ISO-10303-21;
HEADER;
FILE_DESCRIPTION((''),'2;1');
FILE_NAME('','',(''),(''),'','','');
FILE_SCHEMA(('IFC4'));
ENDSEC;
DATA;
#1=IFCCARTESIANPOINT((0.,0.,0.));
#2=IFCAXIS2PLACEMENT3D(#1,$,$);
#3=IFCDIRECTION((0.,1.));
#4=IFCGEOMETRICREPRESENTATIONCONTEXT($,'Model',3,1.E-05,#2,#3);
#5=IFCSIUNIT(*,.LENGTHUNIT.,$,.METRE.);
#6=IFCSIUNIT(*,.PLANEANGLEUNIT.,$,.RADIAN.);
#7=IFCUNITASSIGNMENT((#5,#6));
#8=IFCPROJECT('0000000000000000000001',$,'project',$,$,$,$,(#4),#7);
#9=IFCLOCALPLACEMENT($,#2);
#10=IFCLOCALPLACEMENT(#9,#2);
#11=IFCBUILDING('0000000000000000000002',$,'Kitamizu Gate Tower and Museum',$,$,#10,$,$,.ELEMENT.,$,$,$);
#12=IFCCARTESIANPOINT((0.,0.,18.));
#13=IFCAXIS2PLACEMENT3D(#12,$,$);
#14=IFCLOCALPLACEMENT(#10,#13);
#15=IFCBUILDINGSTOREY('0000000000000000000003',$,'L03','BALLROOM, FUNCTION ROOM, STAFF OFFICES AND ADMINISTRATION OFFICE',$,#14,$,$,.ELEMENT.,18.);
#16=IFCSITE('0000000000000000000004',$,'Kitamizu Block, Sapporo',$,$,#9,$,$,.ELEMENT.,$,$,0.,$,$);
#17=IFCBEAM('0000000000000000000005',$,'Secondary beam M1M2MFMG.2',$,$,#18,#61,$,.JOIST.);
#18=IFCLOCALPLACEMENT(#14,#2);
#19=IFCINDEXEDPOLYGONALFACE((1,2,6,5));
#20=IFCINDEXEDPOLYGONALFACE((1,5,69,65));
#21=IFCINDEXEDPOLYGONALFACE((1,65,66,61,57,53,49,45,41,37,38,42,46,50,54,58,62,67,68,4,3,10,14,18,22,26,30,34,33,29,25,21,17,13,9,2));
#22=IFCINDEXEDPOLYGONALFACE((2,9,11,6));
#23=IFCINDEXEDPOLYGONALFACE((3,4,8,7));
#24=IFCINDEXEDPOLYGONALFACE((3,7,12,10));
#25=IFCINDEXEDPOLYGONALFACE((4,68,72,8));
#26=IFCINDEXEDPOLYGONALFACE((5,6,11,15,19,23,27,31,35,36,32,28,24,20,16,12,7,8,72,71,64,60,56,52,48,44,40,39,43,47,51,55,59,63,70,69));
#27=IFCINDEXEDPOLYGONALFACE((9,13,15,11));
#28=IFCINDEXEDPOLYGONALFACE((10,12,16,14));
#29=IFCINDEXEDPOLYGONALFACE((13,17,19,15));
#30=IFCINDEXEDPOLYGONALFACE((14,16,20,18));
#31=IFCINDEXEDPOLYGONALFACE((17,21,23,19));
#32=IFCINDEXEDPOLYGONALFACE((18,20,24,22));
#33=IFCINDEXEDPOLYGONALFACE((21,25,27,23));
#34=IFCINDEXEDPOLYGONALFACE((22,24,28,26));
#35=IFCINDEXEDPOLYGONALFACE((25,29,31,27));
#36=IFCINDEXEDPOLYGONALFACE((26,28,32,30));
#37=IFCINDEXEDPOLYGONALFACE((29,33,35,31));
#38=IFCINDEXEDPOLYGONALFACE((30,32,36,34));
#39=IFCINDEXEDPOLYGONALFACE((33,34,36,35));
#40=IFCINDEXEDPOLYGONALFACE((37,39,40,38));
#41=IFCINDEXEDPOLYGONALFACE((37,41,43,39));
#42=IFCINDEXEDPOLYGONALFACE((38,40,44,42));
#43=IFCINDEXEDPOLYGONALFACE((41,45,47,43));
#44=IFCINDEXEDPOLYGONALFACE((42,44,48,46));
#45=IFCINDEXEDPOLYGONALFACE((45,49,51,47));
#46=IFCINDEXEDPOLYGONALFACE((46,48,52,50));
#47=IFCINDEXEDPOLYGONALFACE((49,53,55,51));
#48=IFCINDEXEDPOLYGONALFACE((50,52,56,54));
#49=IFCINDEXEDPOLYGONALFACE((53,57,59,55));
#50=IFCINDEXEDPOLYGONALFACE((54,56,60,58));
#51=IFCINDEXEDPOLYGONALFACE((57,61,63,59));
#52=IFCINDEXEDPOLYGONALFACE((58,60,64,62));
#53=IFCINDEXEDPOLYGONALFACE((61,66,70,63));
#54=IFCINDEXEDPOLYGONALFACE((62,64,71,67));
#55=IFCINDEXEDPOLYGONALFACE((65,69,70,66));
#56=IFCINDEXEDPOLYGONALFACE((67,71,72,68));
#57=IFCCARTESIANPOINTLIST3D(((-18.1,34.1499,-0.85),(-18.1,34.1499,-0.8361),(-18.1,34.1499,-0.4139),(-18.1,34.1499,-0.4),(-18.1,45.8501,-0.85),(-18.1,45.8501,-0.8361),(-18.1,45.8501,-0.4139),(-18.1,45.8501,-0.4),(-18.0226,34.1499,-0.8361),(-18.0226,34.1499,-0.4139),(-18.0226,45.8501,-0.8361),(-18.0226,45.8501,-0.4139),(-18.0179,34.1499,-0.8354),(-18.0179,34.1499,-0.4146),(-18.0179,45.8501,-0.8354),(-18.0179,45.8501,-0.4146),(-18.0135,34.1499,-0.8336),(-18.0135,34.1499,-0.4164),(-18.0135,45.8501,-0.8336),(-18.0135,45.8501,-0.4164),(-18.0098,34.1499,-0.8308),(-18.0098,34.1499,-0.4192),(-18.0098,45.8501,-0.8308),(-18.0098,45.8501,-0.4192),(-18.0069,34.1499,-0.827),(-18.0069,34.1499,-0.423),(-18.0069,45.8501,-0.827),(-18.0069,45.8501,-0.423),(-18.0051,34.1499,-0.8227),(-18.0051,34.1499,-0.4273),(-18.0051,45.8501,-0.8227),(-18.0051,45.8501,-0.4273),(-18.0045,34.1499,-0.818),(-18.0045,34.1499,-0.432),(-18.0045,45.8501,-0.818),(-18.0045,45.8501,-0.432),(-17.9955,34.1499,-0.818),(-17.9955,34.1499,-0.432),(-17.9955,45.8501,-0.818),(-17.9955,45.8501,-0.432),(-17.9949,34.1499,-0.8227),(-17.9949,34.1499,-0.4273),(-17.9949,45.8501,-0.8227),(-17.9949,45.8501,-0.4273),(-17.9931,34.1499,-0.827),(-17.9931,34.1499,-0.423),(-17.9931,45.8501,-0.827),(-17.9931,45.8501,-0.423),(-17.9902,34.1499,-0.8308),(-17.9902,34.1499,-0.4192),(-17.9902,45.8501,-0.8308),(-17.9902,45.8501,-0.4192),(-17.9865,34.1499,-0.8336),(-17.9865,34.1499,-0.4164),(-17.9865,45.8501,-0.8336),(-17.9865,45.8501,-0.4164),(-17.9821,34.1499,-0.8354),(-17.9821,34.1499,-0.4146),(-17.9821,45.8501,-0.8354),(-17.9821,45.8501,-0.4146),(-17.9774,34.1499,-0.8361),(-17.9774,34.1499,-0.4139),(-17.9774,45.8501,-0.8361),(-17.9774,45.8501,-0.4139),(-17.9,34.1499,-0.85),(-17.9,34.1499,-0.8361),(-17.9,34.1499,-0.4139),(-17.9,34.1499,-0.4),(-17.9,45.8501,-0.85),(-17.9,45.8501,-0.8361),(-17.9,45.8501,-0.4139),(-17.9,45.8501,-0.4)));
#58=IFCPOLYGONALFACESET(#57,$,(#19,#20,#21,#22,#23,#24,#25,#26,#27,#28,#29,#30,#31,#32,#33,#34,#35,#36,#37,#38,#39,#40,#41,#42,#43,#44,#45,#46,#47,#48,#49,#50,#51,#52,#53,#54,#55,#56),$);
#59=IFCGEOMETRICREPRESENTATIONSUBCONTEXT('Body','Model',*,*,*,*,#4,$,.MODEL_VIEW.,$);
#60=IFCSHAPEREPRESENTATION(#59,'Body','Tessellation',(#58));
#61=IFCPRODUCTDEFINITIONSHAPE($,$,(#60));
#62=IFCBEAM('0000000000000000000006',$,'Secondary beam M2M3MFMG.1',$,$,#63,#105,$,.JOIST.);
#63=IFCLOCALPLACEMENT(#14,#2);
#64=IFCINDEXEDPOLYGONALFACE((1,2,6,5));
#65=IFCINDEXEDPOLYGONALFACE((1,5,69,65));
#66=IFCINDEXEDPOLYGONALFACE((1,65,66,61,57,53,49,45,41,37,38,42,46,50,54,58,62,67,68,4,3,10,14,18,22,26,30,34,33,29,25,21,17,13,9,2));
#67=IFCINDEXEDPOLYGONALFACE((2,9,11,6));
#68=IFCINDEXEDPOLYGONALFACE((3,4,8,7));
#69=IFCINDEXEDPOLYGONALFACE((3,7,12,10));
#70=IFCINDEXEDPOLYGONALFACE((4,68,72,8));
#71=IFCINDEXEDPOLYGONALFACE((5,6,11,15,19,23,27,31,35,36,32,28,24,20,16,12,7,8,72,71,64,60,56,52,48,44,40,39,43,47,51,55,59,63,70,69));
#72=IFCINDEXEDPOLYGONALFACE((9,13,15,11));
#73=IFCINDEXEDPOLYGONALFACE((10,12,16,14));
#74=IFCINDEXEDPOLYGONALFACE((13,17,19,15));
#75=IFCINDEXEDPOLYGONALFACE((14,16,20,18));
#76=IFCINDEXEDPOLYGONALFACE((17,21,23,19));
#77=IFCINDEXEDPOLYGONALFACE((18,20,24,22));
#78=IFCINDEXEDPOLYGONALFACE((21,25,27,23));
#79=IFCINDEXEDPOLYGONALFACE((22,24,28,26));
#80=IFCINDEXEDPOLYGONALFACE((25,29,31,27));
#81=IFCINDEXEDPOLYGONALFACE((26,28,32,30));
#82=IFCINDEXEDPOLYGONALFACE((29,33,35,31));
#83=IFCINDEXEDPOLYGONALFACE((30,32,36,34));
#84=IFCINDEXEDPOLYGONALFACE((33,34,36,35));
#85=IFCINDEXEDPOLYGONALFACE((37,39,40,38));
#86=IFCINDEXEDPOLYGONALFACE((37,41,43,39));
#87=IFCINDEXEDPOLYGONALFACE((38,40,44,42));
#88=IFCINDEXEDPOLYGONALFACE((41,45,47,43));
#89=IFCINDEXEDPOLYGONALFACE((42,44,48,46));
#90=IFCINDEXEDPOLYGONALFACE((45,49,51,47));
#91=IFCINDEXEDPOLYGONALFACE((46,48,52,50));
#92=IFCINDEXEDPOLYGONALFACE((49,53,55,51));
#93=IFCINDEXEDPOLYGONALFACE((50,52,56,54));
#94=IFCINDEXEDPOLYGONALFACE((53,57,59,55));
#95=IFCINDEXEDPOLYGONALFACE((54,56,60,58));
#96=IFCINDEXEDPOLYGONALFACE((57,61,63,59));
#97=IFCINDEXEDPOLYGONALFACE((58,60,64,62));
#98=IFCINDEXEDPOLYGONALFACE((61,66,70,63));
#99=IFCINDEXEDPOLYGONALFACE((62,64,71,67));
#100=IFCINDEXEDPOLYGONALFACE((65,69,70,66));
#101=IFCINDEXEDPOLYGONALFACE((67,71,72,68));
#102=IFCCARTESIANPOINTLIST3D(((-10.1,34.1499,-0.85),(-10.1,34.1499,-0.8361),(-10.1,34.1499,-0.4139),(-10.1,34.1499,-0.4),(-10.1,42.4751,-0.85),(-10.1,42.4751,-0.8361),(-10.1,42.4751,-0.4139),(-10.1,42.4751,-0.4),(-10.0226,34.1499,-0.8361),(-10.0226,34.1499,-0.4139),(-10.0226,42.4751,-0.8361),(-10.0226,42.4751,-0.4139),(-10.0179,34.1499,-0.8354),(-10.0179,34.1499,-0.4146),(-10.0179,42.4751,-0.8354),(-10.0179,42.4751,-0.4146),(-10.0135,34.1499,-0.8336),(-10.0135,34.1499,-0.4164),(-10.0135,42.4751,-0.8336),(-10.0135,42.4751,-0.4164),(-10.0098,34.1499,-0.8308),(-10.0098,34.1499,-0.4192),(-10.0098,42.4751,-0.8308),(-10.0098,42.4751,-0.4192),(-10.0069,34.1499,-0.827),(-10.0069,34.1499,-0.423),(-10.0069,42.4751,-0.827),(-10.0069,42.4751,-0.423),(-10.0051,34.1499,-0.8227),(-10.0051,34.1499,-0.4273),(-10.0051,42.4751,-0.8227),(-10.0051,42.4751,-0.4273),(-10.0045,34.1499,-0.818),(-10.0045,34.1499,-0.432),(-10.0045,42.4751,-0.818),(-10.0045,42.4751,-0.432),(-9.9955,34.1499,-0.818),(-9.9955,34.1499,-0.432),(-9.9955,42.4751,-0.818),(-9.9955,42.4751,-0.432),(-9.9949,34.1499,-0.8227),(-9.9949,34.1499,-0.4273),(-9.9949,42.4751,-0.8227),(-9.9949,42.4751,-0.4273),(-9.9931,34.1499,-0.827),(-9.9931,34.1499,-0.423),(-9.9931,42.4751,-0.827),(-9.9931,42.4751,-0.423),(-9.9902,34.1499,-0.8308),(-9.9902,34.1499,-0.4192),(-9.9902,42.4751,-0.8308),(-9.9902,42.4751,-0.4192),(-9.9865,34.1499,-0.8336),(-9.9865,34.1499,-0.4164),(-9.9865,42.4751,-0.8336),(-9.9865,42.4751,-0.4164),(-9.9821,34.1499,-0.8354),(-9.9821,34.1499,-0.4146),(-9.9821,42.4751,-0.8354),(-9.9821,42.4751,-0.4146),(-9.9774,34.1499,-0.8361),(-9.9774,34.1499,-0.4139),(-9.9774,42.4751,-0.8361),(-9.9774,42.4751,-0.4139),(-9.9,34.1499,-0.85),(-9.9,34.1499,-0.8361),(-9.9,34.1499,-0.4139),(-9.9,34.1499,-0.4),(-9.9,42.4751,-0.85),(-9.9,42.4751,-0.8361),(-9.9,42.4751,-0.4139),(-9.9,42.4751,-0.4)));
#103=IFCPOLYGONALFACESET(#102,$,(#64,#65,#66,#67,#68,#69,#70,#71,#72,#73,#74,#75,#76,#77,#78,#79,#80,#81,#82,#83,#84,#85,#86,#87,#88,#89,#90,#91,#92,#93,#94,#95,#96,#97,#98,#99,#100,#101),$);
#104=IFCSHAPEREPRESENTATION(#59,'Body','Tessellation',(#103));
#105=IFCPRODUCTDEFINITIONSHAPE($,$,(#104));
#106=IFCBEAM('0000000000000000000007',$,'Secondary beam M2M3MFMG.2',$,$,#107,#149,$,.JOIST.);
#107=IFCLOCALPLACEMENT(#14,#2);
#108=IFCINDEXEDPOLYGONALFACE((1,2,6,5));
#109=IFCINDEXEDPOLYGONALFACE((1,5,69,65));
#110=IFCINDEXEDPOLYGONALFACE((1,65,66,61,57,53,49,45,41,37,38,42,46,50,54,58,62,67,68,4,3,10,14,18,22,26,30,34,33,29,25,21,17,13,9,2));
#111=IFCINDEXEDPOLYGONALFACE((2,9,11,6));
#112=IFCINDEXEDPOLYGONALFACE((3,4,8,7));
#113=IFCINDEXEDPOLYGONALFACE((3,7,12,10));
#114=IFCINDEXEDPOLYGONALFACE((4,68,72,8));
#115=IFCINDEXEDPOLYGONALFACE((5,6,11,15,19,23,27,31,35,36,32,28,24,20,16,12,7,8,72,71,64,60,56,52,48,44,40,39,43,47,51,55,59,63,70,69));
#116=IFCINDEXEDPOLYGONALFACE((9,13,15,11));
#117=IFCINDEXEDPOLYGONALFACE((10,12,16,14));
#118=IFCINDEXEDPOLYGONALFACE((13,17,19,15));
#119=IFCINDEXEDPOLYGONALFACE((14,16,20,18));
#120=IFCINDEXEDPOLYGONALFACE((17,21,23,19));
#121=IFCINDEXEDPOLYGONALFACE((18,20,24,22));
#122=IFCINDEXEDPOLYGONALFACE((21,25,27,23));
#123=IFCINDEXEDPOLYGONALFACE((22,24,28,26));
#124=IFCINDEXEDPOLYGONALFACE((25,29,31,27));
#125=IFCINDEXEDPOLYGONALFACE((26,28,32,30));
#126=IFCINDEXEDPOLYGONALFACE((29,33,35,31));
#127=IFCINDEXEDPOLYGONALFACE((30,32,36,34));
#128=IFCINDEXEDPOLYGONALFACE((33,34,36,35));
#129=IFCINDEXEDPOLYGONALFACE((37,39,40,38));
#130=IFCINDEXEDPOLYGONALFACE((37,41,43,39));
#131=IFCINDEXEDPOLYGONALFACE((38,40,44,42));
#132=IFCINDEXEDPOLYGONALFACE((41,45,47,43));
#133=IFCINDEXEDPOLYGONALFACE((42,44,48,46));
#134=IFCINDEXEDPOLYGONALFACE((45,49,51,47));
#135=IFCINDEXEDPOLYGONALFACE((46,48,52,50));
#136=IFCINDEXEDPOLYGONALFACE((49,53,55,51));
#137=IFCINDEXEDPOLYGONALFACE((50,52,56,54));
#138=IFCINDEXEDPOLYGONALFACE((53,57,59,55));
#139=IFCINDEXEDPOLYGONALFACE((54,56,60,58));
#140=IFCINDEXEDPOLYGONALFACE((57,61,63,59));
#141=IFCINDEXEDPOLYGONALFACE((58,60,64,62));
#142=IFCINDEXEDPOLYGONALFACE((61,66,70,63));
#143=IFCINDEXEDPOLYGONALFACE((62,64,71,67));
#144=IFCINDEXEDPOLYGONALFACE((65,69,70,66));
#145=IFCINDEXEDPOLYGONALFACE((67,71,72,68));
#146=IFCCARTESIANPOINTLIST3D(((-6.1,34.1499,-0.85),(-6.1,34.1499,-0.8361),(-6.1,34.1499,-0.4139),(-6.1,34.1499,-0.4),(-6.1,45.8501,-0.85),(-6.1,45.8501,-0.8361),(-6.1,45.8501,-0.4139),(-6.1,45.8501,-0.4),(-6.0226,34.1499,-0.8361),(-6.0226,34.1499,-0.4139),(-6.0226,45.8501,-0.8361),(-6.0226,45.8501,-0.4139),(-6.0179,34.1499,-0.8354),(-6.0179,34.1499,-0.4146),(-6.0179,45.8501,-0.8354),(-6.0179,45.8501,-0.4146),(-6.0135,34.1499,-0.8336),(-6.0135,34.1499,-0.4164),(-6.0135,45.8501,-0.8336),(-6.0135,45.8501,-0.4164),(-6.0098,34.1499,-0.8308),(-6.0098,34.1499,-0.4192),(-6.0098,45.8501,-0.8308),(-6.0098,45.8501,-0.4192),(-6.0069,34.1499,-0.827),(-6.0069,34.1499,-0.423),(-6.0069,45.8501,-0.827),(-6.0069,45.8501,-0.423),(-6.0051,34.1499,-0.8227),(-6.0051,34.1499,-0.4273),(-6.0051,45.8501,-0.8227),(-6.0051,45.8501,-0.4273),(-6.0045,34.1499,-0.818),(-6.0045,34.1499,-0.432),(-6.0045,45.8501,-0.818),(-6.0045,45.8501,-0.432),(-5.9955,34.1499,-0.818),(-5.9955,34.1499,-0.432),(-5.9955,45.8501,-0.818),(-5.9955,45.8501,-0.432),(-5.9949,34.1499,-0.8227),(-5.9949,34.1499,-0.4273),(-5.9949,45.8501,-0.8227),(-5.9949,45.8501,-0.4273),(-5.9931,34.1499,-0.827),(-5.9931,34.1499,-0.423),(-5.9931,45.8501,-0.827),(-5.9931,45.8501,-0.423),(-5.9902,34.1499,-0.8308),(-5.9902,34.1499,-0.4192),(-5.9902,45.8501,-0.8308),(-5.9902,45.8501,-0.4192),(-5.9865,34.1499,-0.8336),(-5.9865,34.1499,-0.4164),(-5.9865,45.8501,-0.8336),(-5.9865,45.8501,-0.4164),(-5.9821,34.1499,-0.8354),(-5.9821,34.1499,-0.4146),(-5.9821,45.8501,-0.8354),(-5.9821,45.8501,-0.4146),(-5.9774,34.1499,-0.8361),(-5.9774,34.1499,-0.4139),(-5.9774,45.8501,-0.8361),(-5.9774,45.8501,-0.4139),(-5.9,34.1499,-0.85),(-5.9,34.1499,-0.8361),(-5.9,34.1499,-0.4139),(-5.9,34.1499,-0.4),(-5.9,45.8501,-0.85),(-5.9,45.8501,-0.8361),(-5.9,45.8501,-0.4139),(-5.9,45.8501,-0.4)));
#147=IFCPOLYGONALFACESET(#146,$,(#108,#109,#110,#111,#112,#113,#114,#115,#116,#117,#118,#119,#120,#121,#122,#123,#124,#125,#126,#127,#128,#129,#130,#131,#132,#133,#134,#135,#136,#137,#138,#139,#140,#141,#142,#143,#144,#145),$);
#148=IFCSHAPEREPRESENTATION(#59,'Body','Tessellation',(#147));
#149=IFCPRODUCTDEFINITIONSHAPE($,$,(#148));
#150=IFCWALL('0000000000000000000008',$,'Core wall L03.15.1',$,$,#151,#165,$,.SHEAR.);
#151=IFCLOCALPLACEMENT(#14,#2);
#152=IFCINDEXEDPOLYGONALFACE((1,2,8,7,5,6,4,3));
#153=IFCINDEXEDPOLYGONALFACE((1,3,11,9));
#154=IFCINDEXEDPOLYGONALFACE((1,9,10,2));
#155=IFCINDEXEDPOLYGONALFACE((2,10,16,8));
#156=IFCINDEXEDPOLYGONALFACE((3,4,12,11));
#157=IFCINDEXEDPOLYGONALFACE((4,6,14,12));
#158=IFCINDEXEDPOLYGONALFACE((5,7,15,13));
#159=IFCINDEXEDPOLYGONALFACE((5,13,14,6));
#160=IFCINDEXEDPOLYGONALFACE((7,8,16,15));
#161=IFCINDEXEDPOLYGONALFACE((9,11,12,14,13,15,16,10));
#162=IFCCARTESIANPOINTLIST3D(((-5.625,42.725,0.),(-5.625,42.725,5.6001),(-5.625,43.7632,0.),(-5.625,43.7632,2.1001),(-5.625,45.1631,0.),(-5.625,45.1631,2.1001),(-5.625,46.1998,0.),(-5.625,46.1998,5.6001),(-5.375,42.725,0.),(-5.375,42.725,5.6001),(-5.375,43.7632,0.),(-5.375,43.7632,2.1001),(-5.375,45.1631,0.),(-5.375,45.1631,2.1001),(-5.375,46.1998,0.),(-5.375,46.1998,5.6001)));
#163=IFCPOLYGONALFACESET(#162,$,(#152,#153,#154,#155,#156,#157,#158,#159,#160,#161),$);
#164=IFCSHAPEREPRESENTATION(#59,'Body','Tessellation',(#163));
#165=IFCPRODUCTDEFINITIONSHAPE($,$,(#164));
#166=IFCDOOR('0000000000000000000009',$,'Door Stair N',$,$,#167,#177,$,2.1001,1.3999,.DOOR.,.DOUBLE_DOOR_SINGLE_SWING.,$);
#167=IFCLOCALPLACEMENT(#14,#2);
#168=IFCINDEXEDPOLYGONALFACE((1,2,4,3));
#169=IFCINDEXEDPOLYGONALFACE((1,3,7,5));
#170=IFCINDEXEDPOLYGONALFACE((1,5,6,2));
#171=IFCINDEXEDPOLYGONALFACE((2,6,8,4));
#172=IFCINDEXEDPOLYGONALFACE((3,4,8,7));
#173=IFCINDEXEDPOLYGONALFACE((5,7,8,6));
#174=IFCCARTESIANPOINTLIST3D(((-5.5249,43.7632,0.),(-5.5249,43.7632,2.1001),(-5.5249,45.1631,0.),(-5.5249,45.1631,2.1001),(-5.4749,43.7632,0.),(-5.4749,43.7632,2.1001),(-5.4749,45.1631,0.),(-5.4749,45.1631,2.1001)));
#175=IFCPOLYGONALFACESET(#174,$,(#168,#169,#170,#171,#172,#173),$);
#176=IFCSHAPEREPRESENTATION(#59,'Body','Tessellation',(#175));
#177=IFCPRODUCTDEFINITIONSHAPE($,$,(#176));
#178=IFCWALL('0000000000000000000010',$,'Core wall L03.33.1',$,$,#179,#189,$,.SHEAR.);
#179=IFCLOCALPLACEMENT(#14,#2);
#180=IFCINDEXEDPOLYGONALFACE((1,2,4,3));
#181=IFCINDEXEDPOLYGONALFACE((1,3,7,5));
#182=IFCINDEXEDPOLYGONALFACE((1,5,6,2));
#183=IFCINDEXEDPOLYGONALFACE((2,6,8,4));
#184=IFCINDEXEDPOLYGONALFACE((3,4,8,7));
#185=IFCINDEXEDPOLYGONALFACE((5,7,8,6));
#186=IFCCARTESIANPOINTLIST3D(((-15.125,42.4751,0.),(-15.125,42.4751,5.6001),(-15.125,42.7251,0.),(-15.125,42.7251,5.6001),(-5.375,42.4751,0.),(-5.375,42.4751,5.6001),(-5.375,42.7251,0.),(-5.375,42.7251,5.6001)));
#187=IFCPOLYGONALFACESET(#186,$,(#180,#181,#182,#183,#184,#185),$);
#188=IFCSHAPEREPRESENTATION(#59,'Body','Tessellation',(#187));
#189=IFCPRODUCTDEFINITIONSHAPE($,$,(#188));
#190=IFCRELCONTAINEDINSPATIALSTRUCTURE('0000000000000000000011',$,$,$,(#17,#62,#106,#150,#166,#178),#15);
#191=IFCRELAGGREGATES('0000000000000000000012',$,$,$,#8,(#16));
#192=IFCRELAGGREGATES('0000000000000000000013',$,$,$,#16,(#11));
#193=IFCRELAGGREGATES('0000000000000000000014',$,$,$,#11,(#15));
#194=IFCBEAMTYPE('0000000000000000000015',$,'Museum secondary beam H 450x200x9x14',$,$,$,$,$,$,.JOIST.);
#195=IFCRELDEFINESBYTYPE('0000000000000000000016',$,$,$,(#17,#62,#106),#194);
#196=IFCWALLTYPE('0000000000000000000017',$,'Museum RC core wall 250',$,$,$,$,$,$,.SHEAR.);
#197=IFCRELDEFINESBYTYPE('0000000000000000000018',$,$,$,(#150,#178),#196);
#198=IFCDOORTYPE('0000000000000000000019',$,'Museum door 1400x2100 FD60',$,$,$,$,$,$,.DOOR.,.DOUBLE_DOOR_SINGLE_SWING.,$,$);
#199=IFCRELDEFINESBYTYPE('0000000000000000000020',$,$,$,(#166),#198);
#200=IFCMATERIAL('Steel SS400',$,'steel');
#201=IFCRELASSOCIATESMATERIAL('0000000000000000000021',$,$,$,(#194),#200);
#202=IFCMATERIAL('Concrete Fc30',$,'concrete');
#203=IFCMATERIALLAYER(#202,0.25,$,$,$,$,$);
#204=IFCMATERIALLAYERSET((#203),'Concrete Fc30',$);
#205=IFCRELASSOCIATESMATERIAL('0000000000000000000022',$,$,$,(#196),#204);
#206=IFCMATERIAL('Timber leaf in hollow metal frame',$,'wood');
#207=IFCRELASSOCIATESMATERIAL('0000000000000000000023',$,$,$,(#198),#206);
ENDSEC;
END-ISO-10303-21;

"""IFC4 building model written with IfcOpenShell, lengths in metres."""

from ifc_helpers import new_model, si_unit, direction, frame, frame_2d, origin, origin_2d, place, context, subcontext, project, spatial, rectangle, i_section, extrude, material, layer, layer_set, material_profile, profile_set, type_object, element, fill, save


model = new_model("IFC4")

# Units and contexts
model_context = context("Model", 3, precision=1e-05, world=origin(), true_north=direction((0.0, 1.0)))
body_context = subcontext(model_context, "Body", "Model", "MODEL_VIEW")
ifc_project = project(units=[si_unit("LENGTHUNIT", "METRE"), si_unit("PLANEANGLEUNIT", "RADIAN")], contexts=[model_context])

# Site, building, storey
site_placement = place(None, origin())
site = spatial("IfcSite", under=ifc_project, at=site_placement, Name="Kitamizu Block, Sapporo", CompositionType="ELEMENT", RefElevation=0.0)
building_placement = place(site_placement, origin())
building = spatial("IfcBuilding", under=site, at=building_placement, Name="Kitamizu Gate Tower and Museum", CompositionType="ELEMENT")
storey_placement = place(building_placement, frame((0.0, 0.0, 18.0)))
storey = spatial("IfcBuildingStorey", under=building, at=storey_placement, Name="L03", Description="BALLROOM, FUNCTION ROOM, STAFF OFFICES AND ADMINISTRATION OFFICE", CompositionType="ELEMENT", Elevation=18.0)

# Beams
ifc_material_1 = material(Name="Steel SS400", Category="steel")
ifc_material_profile_1 = material_profile(ifc_material_1, i_section(OverallWidth=0.2, OverallDepth=0.45, WebThickness=0.009, FlangeThickness=0.0139, FilletRadius=0.0181, at=origin_2d()), Name="H-450x200x9x14")
ifc_profile_set_1 = profile_set([ifc_material_profile_1], Name="Steel SS400")
beam_type_1 = type_object("IfcBeamType", Name="Museum secondary beam H 450x200x9x14", PredefinedType="JOIST", material=ifc_profile_set_1)
for number, where, z_axis, x_axis, name in (
    (1, (-18.0, 34.1499, -0.625), (0.0, 1.0, 0.0), (-1.0, 0.0, 0.0), "Secondary beam M1M2MFMG.2"),
):
    element("IfcBeam", number, at=place(storey_placement, frame(where, z_axis=z_axis, x_axis=x_axis)), inside=storey, type_object=beam_type_1, Name=name, PredefinedType="JOIST", context=body_context, shape_type="SweptSolid", body=[
        extrude(i_section(OverallWidth=0.2, OverallDepth=0.45, WebThickness=0.009, FlangeThickness=0.0139, FilletRadius=0.0181, at=origin_2d()), origin(), (0.0, 0.0, 1.0), 11.7002),
    ])
beam_1_placement = place(storey_placement, frame((-10.0, 34.1499, -0.625), z_axis=(0.0, 1.0, 0.0), x_axis=(-1.0, 0.0, 0.0)))
element("IfcBeam", 2, at=beam_1_placement, inside=storey, type_object=beam_type_1, Name="Secondary beam M2M3MFMG.1", PredefinedType="JOIST", context=body_context, shape_type="SweptSolid", body=[
    extrude(i_section(OverallWidth=0.2, OverallDepth=0.45, WebThickness=0.009, FlangeThickness=0.0139, FilletRadius=0.0181, at=origin_2d()), origin(), (0.0, 0.0, 1.0), 8.3252),
])
beam_2_placement = place(storey_placement, frame((-6.0, 34.1499, -0.625), z_axis=(0.0, 1.0, 0.0), x_axis=(-1.0, 0.0, 0.0)))
element("IfcBeam", 3, at=beam_2_placement, inside=storey, type_object=beam_type_1, Name="Secondary beam M2M3MFMG.2", PredefinedType="JOIST", context=body_context, shape_type="SweptSolid", body=[
    extrude(i_section(OverallWidth=0.2, OverallDepth=0.45, WebThickness=0.009, FlangeThickness=0.0139, FilletRadius=0.0181, at=origin_2d()), origin(), (0.0, 0.0, 1.0), 11.7002),
])

# Wall, opening, door
ifc_material_2 = material(Name="Concrete Fc30", Category="concrete")
ifc_layer_1 = layer(ifc_material_2, 0.25)
ifc_layer_set_1 = layer_set([ifc_layer_1], Name="Concrete Fc30")
wall_type_1 = type_object("IfcWallType", Name="Museum RC core wall 250", PredefinedType="SHEAR", material=ifc_layer_set_1)
wall_1_placement = place(storey_placement, frame((-5.5, 42.7251, 0.0), z_axis=(0.0, 0.0, 1.0), x_axis=(0.0, 1.0, 0.0)))
wall_1 = element("IfcWall", 4, at=wall_1_placement, inside=storey, type_object=wall_type_1, Name="Core wall L03.15.1", PredefinedType="SHEAR", context=body_context, shape_type="SweptSolid", body=[
    extrude(rectangle(XDim=3.4749, YDim=0.25, at=frame_2d((1.7373, 0.0))), origin(), (0.0, 0.0, 1.0), 5.6001),
])
opening_1_placement = place(wall_1_placement, frame((1.0381, 0.0, 0.0)))
opening_1 = element("IfcOpeningElement", 5, at=opening_1_placement, cuts=wall_1, PredefinedType="OPENING", context=body_context, shape_type="SweptSolid", body=[
    extrude(rectangle(XDim=1.3999, YDim=2.1001, at=frame_2d((0.7, 1.05))), frame((0.0, 0.135, 0.0), z_axis=(0.0, -1.0, 0.0), x_axis=(1.0, 0.0, 0.0)), (0.0, 0.0, 1.0), 0.27),
])
ifc_material_3 = material(Name="Timber leaf in hollow metal frame", Category="wood")
door_type_1 = type_object("IfcDoorType", Name="Museum door 1400x2100 FD60", OperationType="DOUBLE_DOOR_SINGLE_SWING", PredefinedType="DOOR", material=ifc_material_3)
door_1_placement = place(opening_1_placement, origin())
door_1 = element("IfcDoor", 6, at=door_1_placement, inside=storey, type_object=door_type_1, Name="Door Stair N", OperationType="DOUBLE_DOOR_SINGLE_SWING", OverallHeight=2.1001, OverallWidth=1.3999, PredefinedType="DOOR", context=body_context, shape_type="SweptSolid", body=[
    extrude(rectangle(XDim=1.3999, YDim=2.1001, at=frame_2d((0.7, 1.05))), frame((0.0, 0.0249, 0.0), z_axis=(0.0, -1.0, 0.0), x_axis=(1.0, 0.0, 0.0)), (0.0, 0.0, 1.0), 0.05),
])
fill(opening_1, door_1)

# Wall
wall_2_placement = place(storey_placement, frame((-15.125, 42.6001, 0.0), z_axis=(0.0, 0.0, 1.0), x_axis=(1.0, 0.0, 0.0)))
element("IfcWall", 7, at=wall_2_placement, inside=storey, type_object=wall_type_1, Name="Core wall L03.33.1", PredefinedType="SHEAR", context=body_context, shape_type="SweptSolid", body=[
    extrude(rectangle(XDim=9.75, YDim=0.25, at=frame_2d((4.875, 0.0))), origin(), (0.0, 0.0, 1.0), 5.6001),
])

save(model, "model.ifc")
